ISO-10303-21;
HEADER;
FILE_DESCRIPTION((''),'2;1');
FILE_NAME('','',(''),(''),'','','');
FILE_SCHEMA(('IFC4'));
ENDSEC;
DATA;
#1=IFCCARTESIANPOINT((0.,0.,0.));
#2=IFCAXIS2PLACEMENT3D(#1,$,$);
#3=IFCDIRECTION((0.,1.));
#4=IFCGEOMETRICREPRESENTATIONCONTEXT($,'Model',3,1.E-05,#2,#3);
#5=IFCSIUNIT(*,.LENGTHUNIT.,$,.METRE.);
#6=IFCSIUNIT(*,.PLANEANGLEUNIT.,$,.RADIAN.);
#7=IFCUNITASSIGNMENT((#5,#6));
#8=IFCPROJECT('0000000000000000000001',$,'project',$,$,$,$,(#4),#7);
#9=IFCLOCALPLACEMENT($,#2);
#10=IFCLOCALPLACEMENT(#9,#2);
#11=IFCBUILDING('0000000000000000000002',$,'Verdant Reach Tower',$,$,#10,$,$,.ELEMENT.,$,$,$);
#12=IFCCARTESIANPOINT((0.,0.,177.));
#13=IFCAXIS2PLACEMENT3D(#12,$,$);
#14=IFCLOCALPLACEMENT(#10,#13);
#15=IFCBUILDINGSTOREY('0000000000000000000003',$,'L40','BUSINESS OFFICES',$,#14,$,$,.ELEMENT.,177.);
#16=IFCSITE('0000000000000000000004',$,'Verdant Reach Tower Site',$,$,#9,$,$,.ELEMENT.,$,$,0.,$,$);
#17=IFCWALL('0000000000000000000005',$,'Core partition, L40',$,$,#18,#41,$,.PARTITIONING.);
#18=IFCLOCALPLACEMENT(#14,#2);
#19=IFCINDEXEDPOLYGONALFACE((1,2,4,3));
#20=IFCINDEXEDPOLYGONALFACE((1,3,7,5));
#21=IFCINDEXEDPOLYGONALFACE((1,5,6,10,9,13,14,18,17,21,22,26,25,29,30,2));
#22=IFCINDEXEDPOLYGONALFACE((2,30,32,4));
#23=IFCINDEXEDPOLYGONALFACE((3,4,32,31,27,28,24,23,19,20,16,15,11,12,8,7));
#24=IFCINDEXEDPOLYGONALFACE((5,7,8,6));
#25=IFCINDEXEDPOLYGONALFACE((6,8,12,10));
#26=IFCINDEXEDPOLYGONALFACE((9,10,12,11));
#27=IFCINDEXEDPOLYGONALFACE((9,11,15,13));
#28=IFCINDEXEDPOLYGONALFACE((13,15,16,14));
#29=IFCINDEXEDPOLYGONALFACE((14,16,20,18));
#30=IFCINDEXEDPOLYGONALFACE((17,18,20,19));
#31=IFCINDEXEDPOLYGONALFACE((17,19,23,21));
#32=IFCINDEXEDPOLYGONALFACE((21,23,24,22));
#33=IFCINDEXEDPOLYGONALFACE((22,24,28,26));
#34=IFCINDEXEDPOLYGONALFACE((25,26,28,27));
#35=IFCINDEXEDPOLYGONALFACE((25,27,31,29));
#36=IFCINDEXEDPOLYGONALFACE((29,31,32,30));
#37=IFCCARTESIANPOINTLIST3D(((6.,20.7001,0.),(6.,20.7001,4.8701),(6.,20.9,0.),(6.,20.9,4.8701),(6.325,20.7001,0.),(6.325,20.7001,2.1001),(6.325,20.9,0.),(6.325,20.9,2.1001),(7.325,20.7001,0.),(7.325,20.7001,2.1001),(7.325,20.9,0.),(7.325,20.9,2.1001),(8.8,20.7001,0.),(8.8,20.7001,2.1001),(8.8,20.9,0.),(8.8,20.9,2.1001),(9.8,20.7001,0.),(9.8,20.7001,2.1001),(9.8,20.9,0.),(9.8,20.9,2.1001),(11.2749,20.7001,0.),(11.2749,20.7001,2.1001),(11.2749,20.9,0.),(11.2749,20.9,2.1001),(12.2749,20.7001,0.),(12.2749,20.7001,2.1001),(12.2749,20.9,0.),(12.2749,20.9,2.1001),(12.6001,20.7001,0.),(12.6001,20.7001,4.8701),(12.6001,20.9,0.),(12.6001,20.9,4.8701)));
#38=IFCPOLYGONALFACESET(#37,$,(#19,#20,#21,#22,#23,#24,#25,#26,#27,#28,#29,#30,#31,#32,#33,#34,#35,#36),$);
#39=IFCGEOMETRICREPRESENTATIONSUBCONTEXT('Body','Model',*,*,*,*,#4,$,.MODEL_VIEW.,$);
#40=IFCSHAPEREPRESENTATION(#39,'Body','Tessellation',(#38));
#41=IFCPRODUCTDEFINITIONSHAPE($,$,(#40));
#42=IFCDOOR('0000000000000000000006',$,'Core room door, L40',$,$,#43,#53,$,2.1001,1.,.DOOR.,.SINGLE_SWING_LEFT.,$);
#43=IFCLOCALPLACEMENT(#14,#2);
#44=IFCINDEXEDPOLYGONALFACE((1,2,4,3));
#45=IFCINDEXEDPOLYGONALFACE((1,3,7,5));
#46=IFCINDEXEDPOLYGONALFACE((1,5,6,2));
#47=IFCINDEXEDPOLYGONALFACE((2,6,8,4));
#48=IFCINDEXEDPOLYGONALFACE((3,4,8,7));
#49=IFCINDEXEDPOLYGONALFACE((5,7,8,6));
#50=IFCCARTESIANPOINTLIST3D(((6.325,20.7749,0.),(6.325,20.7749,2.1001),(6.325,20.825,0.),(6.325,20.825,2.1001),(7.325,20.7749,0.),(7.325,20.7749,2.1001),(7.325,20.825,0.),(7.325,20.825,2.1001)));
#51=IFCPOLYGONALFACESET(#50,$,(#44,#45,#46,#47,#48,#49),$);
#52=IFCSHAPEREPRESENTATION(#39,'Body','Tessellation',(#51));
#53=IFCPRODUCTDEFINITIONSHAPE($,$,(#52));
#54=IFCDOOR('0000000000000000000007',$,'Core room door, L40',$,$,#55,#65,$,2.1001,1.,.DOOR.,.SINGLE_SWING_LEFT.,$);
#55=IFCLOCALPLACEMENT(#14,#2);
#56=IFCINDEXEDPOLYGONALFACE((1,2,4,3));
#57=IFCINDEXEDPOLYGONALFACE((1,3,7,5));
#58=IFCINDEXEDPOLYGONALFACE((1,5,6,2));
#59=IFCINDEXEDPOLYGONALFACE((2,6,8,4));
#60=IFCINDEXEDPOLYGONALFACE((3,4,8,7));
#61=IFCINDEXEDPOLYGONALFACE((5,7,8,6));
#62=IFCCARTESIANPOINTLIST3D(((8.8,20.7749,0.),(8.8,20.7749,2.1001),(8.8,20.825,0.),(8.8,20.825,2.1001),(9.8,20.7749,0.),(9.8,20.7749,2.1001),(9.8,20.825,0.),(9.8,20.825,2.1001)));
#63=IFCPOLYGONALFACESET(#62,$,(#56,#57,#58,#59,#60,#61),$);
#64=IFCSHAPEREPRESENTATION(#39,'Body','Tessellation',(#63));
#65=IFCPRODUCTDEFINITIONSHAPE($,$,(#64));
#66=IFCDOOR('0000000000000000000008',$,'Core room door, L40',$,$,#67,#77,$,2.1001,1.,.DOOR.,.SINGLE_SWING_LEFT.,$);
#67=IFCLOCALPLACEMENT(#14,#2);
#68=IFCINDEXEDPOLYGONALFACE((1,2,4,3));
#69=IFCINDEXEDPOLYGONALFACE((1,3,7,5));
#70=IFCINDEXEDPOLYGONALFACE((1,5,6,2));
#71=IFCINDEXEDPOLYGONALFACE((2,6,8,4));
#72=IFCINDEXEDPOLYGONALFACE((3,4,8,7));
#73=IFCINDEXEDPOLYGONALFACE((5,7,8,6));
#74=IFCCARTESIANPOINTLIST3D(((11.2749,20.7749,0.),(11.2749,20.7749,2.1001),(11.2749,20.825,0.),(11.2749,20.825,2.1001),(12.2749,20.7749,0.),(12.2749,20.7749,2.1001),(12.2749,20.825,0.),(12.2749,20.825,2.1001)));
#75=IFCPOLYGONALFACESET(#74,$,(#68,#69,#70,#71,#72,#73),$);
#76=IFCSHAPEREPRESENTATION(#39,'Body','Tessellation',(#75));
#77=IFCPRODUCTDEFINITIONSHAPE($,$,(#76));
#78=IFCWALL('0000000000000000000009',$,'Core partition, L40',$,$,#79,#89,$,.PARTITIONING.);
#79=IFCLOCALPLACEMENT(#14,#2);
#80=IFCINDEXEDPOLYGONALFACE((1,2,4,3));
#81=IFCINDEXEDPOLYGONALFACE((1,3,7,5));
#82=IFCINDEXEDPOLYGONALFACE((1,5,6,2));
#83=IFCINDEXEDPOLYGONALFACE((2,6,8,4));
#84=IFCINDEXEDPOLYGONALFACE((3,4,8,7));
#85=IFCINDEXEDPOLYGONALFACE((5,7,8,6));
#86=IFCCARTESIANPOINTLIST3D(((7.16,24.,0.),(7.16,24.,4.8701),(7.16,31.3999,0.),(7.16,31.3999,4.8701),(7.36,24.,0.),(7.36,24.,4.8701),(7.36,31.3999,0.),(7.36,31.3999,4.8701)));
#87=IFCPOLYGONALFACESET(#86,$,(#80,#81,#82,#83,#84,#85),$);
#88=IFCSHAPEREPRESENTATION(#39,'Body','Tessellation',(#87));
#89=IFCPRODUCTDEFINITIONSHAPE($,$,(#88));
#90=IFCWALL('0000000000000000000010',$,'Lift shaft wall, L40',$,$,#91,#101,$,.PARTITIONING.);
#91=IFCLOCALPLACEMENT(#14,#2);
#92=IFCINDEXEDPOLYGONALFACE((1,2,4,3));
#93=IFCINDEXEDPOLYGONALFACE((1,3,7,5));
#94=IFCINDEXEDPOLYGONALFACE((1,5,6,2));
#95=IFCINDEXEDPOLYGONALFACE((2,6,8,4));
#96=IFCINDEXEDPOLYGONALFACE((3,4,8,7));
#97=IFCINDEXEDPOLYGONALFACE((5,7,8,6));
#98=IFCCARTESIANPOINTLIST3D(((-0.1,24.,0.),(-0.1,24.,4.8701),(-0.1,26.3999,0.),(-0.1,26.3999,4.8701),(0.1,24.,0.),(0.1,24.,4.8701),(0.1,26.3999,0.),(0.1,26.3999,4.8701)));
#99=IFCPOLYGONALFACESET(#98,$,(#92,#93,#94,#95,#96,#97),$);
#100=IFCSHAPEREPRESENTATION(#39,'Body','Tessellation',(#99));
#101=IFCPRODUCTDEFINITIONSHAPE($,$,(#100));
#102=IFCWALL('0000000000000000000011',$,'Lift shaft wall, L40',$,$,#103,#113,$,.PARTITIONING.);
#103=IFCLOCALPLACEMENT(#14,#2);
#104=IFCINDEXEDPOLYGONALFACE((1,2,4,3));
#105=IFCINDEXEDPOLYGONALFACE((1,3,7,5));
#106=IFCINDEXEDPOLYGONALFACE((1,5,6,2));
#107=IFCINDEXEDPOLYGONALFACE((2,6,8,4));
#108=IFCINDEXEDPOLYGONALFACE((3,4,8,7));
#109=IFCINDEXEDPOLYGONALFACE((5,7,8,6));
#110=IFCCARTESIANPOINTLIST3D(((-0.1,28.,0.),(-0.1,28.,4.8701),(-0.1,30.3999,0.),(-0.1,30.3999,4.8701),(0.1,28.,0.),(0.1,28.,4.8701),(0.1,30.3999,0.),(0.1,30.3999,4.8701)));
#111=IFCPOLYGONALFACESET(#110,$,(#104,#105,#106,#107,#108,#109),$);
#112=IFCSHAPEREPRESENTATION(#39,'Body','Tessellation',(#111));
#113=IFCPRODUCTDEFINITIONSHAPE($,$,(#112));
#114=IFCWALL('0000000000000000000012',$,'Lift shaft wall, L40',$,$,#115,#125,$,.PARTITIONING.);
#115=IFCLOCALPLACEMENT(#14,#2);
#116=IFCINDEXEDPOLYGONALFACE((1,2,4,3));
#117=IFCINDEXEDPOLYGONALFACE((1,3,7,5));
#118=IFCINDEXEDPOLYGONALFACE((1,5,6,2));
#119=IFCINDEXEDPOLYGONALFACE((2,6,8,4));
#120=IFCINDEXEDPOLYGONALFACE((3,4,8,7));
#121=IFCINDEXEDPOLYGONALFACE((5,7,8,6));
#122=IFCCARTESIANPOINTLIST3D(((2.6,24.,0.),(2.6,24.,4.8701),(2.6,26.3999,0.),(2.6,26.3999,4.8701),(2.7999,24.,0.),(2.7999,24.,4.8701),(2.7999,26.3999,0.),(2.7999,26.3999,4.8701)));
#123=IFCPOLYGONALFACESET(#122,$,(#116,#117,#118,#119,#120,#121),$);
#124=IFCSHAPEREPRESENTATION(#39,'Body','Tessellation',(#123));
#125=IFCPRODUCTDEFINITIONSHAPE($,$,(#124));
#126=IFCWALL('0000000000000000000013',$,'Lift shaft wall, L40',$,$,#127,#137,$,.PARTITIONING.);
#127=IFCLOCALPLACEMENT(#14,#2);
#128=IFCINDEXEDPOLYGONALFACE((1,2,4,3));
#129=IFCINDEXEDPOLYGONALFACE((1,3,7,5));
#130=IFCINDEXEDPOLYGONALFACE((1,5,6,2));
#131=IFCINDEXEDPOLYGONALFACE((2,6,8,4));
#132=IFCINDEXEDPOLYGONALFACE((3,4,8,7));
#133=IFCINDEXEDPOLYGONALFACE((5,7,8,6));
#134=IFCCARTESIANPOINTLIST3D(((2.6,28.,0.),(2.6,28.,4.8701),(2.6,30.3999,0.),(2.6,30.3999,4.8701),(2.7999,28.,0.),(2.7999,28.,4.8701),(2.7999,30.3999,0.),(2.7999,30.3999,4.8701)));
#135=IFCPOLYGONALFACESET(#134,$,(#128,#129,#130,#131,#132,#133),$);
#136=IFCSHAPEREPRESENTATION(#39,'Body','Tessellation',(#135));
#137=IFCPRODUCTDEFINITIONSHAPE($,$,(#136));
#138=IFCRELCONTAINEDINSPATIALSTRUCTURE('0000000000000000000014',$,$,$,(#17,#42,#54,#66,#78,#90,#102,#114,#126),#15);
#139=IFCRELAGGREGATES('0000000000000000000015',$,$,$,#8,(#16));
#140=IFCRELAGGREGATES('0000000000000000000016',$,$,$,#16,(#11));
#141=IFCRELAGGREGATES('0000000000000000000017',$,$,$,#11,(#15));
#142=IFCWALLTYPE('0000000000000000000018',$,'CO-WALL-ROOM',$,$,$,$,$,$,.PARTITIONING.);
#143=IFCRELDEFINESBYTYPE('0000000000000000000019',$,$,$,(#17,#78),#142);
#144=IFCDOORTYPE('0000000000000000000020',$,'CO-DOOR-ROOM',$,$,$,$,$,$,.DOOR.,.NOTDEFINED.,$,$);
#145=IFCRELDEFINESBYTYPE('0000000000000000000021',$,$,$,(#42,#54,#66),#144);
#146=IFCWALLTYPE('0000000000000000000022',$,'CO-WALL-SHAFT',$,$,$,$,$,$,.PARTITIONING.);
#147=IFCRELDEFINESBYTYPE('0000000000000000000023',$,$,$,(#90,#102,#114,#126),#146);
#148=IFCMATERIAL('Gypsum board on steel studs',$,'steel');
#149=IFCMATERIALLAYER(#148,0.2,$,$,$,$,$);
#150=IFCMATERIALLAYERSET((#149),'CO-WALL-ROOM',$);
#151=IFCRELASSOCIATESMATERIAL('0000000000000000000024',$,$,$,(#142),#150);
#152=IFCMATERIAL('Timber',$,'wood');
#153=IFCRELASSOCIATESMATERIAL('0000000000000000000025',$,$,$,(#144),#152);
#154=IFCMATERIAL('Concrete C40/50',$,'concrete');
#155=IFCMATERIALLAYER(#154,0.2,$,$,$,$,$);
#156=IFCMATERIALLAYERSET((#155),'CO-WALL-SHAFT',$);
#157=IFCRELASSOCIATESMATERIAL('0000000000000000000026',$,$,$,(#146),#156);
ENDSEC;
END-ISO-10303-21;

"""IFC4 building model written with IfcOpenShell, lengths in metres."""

from ifc_helpers import new_model, si_unit, direction, frame, frame_2d, origin, place, context, subcontext, project, spatial, rectangle, extrude, material, layer, layer_set, type_object, element, fill, save


model = new_model("IFC4")

# Units and contexts
model_context = context("Model", 3, precision=1e-05, world=origin(), true_north=direction((0.0, 1.0)))
body_context = subcontext(model_context, "Body", "Model", "MODEL_VIEW")
ifc_project = project(units=[si_unit("LENGTHUNIT", "METRE"), si_unit("PLANEANGLEUNIT", "RADIAN")], contexts=[model_context])

# Site, building, storey
site_placement = place(None, origin())
site = spatial("IfcSite", under=ifc_project, at=site_placement, Name="Verdant Reach Tower Site", CompositionType="ELEMENT", RefElevation=0.0)
building_placement = place(site_placement, origin())
building = spatial("IfcBuilding", under=site, at=building_placement, Name="Verdant Reach Tower", CompositionType="ELEMENT")
storey_placement = place(building_placement, frame((0.0, 0.0, 177.0)))
storey = spatial("IfcBuildingStorey", under=building, at=storey_placement, Name="L40", Description="BUSINESS OFFICES", CompositionType="ELEMENT", Elevation=177.0)

# Wall, openings, doors
ifc_material_1 = material(Name="Gypsum board on steel studs", Category="steel")
ifc_layer_1 = layer(ifc_material_1, 0.2)
ifc_layer_set_1 = layer_set([ifc_layer_1], Name="CO-WALL-ROOM")
wall_type_1 = type_object("IfcWallType", Name="CO-WALL-ROOM", PredefinedType="PARTITIONING", material=ifc_layer_set_1)
wall_1_placement = place(storey_placement, frame((6.0, 20.8, 0.0), z_axis=(0.0, 0.0, 1.0), x_axis=(1.0, 0.0, 0.0)))
wall_1 = element("IfcWall", 1, at=wall_1_placement, inside=storey, type_object=wall_type_1, Name="Core partition, L40", PredefinedType="PARTITIONING", context=body_context, shape_type="SweptSolid", body=[
    extrude(rectangle(XDim=6.6001, YDim=0.2, at=frame_2d((3.3, 0.0))), origin(), (0.0, 0.0, 1.0), 4.8701),
])
opening_1_placement = place(wall_1_placement, frame((0.325, 0.0, 0.0)))
opening_1 = element("IfcOpeningElement", 2, at=opening_1_placement, cuts=wall_1, PredefinedType="OPENING", context=body_context, shape_type="SweptSolid", body=[
    extrude(rectangle(XDim=1.0, YDim=2.1001, at=frame_2d((0.5, 1.05))), frame((0.0, 0.1099, 0.0), z_axis=(0.0, -1.0, 0.0), x_axis=(1.0, 0.0, 0.0)), (0.0, 0.0, 1.0), 0.22),
])
opening_2_placement = place(wall_1_placement, frame((2.8, 0.0, 0.0)))
opening_2 = element("IfcOpeningElement", 3, at=opening_2_placement, cuts=wall_1, PredefinedType="OPENING", context=body_context, shape_type="SweptSolid", body=[
    extrude(rectangle(XDim=1.0, YDim=2.1001, at=frame_2d((0.5, 1.05))), frame((0.0, 0.1099, 0.0), z_axis=(0.0, -1.0, 0.0), x_axis=(1.0, 0.0, 0.0)), (0.0, 0.0, 1.0), 0.22),
])
opening_3_placement = place(wall_1_placement, frame((5.2749, 0.0, 0.0)))
opening_3 = element("IfcOpeningElement", 4, at=opening_3_placement, cuts=wall_1, PredefinedType="OPENING", context=body_context, shape_type="SweptSolid", body=[
    extrude(rectangle(XDim=1.0, YDim=2.1001, at=frame_2d((0.5, 1.05))), frame((0.0, 0.1099, 0.0), z_axis=(0.0, -1.0, 0.0), x_axis=(1.0, 0.0, 0.0)), (0.0, 0.0, 1.0), 0.22),
])
ifc_material_2 = material(Name="Timber", Category="wood")
door_type_1 = type_object("IfcDoorType", Name="CO-DOOR-ROOM", OperationType="NOTDEFINED", PredefinedType="DOOR", material=ifc_material_2)
door_1_placement = place(opening_1_placement, origin())
door_1 = element("IfcDoor", 5, at=door_1_placement, inside=storey, type_object=door_type_1, Name="Core room door, L40", OperationType="SINGLE_SWING_LEFT", OverallHeight=2.1001, OverallWidth=1.0, PredefinedType="DOOR", context=body_context, shape_type="SweptSolid", body=[
    extrude(rectangle(XDim=1.0, YDim=2.1001, at=frame_2d((0.5, 1.05))), frame((0.0, 0.0249, 0.0), z_axis=(0.0, -1.0, 0.0), x_axis=(1.0, 0.0, 0.0)), (0.0, 0.0, 1.0), 0.05),
])
fill(opening_1, door_1)
door_2_placement = place(opening_2_placement, origin())
door_2 = element("IfcDoor", 6, at=door_2_placement, inside=storey, type_object=door_type_1, Name="Core room door, L40", OperationType="SINGLE_SWING_LEFT", OverallHeight=2.1001, OverallWidth=1.0, PredefinedType="DOOR", context=body_context, shape_type="SweptSolid", body=[
    extrude(rectangle(XDim=1.0, YDim=2.1001, at=frame_2d((0.5, 1.05))), frame((0.0, 0.0249, 0.0), z_axis=(0.0, -1.0, 0.0), x_axis=(1.0, 0.0, 0.0)), (0.0, 0.0, 1.0), 0.05),
])
fill(opening_2, door_2)
door_3_placement = place(opening_3_placement, origin())
door_3 = element("IfcDoor", 7, at=door_3_placement, inside=storey, type_object=door_type_1, Name="Core room door, L40", OperationType="SINGLE_SWING_LEFT", OverallHeight=2.1001, OverallWidth=1.0, PredefinedType="DOOR", context=body_context, shape_type="SweptSolid", body=[
    extrude(rectangle(XDim=1.0, YDim=2.1001, at=frame_2d((0.5, 1.05))), frame((0.0, 0.0249, 0.0), z_axis=(0.0, -1.0, 0.0), x_axis=(1.0, 0.0, 0.0)), (0.0, 0.0, 1.0), 0.05),
])
fill(opening_3, door_3)

# Walls
wall_2_placement = place(storey_placement, frame((7.26, 24.0, 0.0), z_axis=(0.0, 0.0, 1.0), x_axis=(0.0, 1.0, 0.0)))
element("IfcWall", 8, at=wall_2_placement, inside=storey, type_object=wall_type_1, Name="Core partition, L40", PredefinedType="PARTITIONING", context=body_context, shape_type="SweptSolid", body=[
    extrude(rectangle(XDim=7.3999, YDim=0.2, at=frame_2d((3.7, 0.0))), origin(), (0.0, 0.0, 1.0), 4.8701),
])
ifc_material_3 = material(Name="Concrete C40/50", Category="concrete")
ifc_layer_2 = layer(ifc_material_3, 0.2)
ifc_layer_set_2 = layer_set([ifc_layer_2], Name="CO-WALL-SHAFT")
wall_type_2 = type_object("IfcWallType", Name="CO-WALL-SHAFT", PredefinedType="PARTITIONING", material=ifc_layer_set_2)
for number, where, z_axis, x_axis, name in (
    (9, (0.0, 24.0, 0.0), (0.0, 0.0, 1.0), (0.0, 1.0, 0.0), "Lift shaft wall, L40"),
    (10, (0.0, 28.0, 0.0), (0.0, 0.0, 1.0), (0.0, 1.0, 0.0), "Lift shaft wall, L40"),
    (11, (2.7, 24.0, 0.0), (0.0, 0.0, 1.0), (0.0, 1.0, 0.0), "Lift shaft wall, L40"),
    (12, (2.7, 28.0, 0.0), (0.0, 0.0, 1.0), (0.0, 1.0, 0.0), "Lift shaft wall, L40"),
):
    element("IfcWall", number, at=place(storey_placement, frame(where, z_axis=z_axis, x_axis=x_axis)), inside=storey, type_object=wall_type_2, Name=name, PredefinedType="PARTITIONING", context=body_context, shape_type="SweptSolid", body=[
        extrude(rectangle(XDim=2.3999, YDim=0.2, at=frame_2d((1.2, 0.0))), origin(), (0.0, 0.0, 1.0), 4.8701),
    ])

save(model, "model.ifc")
